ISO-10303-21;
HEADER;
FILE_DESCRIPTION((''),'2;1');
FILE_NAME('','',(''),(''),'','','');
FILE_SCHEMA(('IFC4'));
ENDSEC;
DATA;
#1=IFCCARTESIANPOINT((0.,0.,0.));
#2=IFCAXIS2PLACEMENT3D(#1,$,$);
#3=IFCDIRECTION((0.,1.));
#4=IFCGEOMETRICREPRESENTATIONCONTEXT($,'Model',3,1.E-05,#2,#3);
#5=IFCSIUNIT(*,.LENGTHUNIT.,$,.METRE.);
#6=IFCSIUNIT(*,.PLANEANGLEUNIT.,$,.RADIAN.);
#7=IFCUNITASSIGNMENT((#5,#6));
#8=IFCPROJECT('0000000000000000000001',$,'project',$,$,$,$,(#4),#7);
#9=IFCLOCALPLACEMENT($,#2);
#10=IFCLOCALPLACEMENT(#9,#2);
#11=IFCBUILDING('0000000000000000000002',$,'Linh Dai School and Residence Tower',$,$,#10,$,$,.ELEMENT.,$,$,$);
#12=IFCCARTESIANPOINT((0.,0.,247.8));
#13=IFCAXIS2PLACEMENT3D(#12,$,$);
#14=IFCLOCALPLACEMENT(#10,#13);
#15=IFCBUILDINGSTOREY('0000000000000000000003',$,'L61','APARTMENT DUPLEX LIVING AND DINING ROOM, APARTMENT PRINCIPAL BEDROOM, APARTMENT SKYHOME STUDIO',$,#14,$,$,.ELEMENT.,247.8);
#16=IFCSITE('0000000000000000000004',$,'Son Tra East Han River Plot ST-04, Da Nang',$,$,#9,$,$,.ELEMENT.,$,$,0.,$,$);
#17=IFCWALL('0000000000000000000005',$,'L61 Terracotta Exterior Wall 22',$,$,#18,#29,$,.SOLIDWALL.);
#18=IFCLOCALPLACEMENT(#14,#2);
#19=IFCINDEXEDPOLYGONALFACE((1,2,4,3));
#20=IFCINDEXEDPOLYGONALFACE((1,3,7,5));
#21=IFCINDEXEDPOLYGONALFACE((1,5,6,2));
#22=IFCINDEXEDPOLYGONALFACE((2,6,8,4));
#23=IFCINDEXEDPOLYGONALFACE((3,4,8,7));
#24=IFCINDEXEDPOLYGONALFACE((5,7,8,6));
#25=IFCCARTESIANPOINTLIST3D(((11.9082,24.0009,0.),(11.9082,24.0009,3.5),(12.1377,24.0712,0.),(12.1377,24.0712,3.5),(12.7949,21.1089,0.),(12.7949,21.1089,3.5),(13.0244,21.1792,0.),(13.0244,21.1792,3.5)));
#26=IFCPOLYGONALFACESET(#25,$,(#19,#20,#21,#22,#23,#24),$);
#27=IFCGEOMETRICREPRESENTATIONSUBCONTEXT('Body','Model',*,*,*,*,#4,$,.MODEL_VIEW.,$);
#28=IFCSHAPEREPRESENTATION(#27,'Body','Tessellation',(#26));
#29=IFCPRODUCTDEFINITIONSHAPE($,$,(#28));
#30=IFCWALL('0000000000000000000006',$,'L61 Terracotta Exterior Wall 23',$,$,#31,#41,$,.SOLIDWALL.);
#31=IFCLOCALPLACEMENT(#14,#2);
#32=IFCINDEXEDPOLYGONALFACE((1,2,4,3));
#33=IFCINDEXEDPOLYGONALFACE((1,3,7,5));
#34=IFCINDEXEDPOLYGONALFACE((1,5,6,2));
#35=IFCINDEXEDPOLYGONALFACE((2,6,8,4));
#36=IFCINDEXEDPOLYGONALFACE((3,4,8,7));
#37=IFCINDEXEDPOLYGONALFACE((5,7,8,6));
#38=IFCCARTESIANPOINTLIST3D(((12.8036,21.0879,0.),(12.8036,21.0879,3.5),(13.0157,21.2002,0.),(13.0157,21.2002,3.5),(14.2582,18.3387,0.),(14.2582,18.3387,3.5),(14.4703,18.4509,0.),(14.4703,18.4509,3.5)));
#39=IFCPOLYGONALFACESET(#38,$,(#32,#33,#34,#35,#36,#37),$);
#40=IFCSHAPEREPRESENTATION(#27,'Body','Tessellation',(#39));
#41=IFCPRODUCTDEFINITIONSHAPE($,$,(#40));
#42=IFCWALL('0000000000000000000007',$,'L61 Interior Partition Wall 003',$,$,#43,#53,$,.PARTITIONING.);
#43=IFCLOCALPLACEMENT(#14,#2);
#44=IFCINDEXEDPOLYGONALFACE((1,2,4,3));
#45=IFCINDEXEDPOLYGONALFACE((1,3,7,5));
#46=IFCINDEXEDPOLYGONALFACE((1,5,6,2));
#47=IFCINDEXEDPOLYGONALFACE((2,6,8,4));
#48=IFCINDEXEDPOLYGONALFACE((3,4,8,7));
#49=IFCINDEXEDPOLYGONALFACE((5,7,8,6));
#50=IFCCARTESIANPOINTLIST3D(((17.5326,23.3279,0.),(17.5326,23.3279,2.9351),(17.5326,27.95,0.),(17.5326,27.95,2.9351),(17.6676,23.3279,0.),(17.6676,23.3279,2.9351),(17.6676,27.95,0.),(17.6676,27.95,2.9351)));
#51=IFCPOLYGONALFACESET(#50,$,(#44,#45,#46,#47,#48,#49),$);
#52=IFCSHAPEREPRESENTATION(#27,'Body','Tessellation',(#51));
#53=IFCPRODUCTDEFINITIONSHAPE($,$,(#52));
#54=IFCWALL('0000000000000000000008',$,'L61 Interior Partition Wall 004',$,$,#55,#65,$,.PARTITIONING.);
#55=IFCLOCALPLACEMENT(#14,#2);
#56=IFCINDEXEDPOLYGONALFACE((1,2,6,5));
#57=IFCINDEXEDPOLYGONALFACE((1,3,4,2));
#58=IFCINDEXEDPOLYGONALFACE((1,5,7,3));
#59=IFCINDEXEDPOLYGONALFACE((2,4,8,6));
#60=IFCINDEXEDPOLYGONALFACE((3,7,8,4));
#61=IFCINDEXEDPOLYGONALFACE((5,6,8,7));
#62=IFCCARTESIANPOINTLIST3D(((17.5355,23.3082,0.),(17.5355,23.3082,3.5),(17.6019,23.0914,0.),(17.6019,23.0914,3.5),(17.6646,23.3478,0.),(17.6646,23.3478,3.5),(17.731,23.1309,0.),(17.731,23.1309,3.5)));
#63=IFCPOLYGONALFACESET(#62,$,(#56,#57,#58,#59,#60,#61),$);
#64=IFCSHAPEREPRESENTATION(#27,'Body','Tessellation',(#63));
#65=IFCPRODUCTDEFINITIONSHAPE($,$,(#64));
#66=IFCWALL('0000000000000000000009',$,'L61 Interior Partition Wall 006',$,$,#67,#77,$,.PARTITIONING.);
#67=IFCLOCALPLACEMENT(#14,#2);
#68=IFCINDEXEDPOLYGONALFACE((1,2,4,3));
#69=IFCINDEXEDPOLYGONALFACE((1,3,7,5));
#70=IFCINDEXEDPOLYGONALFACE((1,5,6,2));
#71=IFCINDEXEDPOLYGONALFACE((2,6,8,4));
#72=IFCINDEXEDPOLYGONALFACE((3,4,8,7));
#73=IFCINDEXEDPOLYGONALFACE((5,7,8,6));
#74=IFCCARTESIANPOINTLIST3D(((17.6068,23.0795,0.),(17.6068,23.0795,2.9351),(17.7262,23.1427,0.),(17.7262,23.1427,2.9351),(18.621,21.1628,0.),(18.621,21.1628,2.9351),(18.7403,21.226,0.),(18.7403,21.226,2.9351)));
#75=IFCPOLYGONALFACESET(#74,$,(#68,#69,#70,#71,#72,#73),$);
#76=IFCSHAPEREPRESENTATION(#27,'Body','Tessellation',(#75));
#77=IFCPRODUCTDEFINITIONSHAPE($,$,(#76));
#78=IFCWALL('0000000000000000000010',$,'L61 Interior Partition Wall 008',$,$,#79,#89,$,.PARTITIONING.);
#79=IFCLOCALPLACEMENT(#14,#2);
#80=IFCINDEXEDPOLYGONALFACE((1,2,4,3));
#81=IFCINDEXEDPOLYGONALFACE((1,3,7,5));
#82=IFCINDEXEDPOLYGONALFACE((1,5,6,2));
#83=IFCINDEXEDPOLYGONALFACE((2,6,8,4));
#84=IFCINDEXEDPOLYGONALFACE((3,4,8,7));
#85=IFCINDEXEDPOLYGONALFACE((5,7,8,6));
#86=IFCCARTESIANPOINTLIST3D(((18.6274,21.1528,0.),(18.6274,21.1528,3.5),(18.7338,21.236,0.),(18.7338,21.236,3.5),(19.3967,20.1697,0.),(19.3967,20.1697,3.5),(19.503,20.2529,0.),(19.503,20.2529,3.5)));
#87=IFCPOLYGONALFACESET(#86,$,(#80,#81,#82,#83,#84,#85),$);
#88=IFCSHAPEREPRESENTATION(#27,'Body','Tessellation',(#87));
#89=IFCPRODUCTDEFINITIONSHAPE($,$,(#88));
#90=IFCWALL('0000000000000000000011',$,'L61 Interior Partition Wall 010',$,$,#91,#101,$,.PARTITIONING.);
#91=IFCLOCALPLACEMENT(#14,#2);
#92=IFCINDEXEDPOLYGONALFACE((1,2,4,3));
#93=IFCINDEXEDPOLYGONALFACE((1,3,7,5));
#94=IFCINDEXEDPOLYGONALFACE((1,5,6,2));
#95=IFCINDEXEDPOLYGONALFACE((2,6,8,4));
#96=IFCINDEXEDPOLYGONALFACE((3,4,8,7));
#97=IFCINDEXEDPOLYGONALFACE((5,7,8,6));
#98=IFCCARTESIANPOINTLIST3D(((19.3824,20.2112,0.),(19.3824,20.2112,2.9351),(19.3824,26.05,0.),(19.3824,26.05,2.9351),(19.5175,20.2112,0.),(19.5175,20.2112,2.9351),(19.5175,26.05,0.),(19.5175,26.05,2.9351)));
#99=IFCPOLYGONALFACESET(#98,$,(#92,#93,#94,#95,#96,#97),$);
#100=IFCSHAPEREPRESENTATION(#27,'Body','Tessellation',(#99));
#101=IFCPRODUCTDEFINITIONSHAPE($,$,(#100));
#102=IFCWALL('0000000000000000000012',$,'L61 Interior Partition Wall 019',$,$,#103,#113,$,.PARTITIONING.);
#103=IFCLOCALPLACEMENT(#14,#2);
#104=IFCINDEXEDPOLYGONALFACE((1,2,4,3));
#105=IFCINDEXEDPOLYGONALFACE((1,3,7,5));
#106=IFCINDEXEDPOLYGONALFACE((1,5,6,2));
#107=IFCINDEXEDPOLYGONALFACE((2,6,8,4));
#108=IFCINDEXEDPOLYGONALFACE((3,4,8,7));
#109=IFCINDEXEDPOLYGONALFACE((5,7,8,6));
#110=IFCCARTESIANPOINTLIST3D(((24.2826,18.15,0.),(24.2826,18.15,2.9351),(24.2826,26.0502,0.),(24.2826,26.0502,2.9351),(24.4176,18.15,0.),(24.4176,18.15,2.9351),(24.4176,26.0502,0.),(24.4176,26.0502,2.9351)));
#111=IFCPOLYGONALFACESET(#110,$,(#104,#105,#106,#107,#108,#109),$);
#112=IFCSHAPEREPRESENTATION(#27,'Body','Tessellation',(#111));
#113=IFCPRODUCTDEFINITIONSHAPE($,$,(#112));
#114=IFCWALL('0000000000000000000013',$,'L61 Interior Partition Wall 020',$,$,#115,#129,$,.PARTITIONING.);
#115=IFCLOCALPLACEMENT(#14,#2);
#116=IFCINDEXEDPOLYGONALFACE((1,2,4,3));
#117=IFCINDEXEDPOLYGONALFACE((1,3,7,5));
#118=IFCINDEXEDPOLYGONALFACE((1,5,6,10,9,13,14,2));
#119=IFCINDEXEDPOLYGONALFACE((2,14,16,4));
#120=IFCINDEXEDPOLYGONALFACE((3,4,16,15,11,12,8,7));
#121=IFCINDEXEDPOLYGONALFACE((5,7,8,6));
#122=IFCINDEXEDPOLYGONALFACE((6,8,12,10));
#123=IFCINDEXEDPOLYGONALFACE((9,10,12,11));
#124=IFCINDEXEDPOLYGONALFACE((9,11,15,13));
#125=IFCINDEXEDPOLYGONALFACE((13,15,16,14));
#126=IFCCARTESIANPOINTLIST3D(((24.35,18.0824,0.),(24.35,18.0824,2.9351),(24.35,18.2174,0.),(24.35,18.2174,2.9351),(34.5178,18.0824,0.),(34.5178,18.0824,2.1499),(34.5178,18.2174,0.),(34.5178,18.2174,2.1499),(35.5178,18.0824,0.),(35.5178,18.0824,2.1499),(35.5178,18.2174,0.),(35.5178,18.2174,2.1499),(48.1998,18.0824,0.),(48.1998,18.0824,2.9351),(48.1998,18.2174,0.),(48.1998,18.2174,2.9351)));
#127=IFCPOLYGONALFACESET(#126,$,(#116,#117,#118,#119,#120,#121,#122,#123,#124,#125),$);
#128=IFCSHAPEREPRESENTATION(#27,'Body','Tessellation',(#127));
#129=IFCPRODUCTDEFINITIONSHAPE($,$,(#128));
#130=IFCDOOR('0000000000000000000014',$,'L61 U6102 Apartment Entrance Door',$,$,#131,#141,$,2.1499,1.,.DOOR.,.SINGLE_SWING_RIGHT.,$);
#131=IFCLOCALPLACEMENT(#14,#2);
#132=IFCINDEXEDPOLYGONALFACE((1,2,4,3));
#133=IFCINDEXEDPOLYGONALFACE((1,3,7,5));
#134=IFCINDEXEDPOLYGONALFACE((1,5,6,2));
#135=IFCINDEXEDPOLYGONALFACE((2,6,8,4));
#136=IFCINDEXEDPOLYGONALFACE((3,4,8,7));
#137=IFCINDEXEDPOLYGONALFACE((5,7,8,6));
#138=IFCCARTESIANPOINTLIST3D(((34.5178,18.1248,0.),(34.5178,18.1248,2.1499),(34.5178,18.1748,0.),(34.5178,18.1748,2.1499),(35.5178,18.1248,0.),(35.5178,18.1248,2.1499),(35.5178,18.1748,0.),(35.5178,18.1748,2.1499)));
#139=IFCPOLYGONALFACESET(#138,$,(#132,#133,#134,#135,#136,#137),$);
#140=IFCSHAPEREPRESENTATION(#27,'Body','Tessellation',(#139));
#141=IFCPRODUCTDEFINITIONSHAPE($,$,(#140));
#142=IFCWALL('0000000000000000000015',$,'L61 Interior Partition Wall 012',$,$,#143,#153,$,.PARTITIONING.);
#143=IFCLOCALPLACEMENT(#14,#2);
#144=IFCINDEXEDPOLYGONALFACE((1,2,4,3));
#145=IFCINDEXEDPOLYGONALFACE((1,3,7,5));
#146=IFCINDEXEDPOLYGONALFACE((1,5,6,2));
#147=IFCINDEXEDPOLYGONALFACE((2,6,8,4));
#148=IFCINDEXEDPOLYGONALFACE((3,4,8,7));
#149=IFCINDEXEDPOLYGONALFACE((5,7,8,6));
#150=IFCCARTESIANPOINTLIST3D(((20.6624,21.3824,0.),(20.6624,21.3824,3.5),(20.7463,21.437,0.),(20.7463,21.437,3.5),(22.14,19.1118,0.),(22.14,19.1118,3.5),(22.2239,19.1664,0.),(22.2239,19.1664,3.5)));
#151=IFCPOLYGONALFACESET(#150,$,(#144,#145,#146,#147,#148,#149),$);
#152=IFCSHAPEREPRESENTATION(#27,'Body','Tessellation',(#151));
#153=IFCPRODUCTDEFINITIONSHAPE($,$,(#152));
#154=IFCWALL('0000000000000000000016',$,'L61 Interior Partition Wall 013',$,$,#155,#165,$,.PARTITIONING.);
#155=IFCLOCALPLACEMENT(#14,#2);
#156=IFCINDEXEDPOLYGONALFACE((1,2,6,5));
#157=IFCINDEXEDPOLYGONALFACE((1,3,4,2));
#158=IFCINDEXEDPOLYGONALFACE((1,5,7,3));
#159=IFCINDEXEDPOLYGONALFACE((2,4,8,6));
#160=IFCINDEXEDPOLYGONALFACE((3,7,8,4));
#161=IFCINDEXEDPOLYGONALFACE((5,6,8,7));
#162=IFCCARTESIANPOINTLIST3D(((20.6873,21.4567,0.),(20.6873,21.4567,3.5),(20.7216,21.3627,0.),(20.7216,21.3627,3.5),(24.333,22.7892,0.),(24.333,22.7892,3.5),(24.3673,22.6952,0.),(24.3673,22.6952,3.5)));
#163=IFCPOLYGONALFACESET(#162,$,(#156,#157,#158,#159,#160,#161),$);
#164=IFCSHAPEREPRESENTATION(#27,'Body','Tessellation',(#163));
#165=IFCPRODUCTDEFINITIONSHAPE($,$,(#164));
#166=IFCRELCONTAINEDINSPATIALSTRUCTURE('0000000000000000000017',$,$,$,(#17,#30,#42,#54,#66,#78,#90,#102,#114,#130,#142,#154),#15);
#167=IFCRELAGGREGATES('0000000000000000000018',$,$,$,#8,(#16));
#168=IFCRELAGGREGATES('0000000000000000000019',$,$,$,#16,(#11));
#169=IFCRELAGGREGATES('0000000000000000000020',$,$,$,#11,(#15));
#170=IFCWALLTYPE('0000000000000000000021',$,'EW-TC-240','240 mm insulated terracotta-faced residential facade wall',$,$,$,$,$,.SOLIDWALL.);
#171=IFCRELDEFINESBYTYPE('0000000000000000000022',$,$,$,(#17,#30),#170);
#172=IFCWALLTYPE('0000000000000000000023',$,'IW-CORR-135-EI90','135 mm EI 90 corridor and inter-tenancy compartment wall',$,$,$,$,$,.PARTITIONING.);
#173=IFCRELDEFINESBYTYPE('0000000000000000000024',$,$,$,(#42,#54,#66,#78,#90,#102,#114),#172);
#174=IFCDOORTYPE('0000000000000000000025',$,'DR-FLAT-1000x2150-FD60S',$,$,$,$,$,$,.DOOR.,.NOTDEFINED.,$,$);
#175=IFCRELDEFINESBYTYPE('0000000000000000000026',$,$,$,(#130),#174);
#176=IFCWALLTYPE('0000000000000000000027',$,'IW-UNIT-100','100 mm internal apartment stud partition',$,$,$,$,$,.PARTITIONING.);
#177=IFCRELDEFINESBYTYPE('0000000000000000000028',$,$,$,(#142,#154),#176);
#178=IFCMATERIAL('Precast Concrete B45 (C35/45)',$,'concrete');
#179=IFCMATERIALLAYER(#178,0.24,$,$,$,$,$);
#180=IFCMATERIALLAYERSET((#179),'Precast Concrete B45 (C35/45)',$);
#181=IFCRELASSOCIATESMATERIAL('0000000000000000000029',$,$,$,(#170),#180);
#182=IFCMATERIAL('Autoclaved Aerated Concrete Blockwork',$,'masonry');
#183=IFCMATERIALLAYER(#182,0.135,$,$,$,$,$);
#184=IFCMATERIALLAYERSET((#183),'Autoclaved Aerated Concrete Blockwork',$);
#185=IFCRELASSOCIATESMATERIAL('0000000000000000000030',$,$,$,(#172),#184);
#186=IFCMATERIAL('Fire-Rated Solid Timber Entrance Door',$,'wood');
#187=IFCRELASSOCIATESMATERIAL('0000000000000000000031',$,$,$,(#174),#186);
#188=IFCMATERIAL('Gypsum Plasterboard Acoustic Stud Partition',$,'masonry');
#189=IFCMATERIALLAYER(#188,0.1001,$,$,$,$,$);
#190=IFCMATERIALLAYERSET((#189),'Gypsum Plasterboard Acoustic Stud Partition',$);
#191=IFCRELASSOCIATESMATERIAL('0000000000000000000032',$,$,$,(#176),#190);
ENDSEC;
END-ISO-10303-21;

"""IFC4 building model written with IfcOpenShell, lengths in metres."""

from ifc_helpers import new_model, si_unit, direction, frame, frame_2d, origin, origin_2d, place, context, subcontext, project, spatial, rectangle, extrude, source, transform, mapped, material, layer, layer_set, type_object, element, fill, save


model = new_model("IFC4")

# Units and contexts
model_context = context("Model", 3, precision=1e-05, world=origin(), true_north=direction((0.0, 1.0)))
body_context = subcontext(model_context, "Body", "Model", "MODEL_VIEW")
ifc_project = project(units=[si_unit("LENGTHUNIT", "METRE"), si_unit("PLANEANGLEUNIT", "RADIAN")], contexts=[model_context])

# Site, building, storey
site_placement = place(None, origin())
site = spatial("IfcSite", under=ifc_project, at=site_placement, Name="Son Tra East Han River Plot ST-04, Da Nang", CompositionType="ELEMENT", RefElevation=0.0)
building_placement = place(site_placement, origin())
building = spatial("IfcBuilding", under=site, at=building_placement, Name="Linh Dai School and Residence Tower", CompositionType="ELEMENT")
storey_placement = place(building_placement, frame((0.0, 0.0, 247.8)))
storey = spatial("IfcBuildingStorey", under=building, at=storey_placement, Name="L61", Description="APARTMENT DUPLEX LIVING AND DINING ROOM, APARTMENT PRINCIPAL BEDROOM, APARTMENT SKYHOME STUDIO", CompositionType="ELEMENT", Elevation=247.8)

# Shared definitions
ifc_material_1 = material(Name="Precast Concrete B45 (C35/45)", Category="concrete")

# Walls
ifc_layer_1 = layer(ifc_material_1, 0.24)
ifc_layer_set_1 = layer_set([ifc_layer_1], Name="Precast Concrete B45 (C35/45)")
wall_type_1 = type_object("IfcWallType", Name="EW-TC-240", Description="240 mm insulated terracotta-faced residential facade wall", PredefinedType="SOLIDWALL", material=ifc_layer_set_1)
wall_1_placement = place(storey_placement, frame((12.9097, 21.144, 0.0), z_axis=(0.0, 0.0, 1.0), x_axis=(-0.293133, 0.956072, 0.0)))
element("IfcWall", 1, at=wall_1_placement, inside=storey, type_object=wall_type_1, Name="L61 Terracotta Exterior Wall 22", PredefinedType="SOLIDWALL", context=body_context, shape_type="SweptSolid", body=[
    extrude(rectangle(XDim=3.0249, YDim=0.24, at=frame_2d((1.5125, 0.0))), origin(), (0.0, 0.0, 1.0), 3.5),
])
wall_2_placement = place(storey_placement, frame((14.3643, 18.3948, 0.0), z_axis=(0.0, 0.0, 1.0), x_axis=(-0.46766, 0.883908, 0.0)))
element("IfcWall", 2, at=wall_2_placement, inside=storey, type_object=wall_type_1, Name="L61 Terracotta Exterior Wall 23", PredefinedType="SOLIDWALL", context=body_context, shape_type="SweptSolid", body=[
    extrude(rectangle(XDim=3.1104, YDim=0.24, at=frame_2d((1.5552, 0.0))), origin(), (0.0, 0.0, 1.0), 3.5),
])
ifc_material_2 = material(Name="Autoclaved Aerated Concrete Blockwork", Category="masonry")
ifc_layer_2 = layer(ifc_material_2, 0.135)
ifc_layer_set_2 = layer_set([ifc_layer_2], Name="Autoclaved Aerated Concrete Blockwork")
wall_type_2 = type_object("IfcWallType", Name="IW-CORR-135-EI90", Description="135 mm EI 90 corridor and inter-tenancy compartment wall", PredefinedType="PARTITIONING", material=ifc_layer_set_2)
wall_3_placement = place(storey_placement, frame((17.6001, 23.3279, 0.0), z_axis=(0.0, 0.0, 1.0), x_axis=(0.0, 1.0, 0.0)))
element("IfcWall", 3, at=wall_3_placement, inside=storey, type_object=wall_type_2, Name="L61 Interior Partition Wall 003", PredefinedType="PARTITIONING", context=body_context, shape_type="SweptSolid", body=[
    extrude(rectangle(XDim=4.6221, YDim=0.135, at=frame_2d((2.311, 0.0))), origin(), (0.0, 0.0, 1.0), 2.9351),
])
wall_4_placement = place(storey_placement, frame((17.6001, 23.3279, 0.0), z_axis=(0.0, 0.0, 1.0), x_axis=(0.292875, -0.956151, 0.0)))
element("IfcWall", 4, at=wall_4_placement, inside=storey, type_object=wall_type_2, Name="L61 Interior Partition Wall 004", PredefinedType="PARTITIONING", context=body_context, shape_type="SweptSolid", body=[
    extrude(rectangle(XDim=0.2268, YDim=0.135, at=frame_2d((0.1133, 0.0))), origin(), (0.0, 0.0, 1.0), 3.5),
])
wall_5_placement = place(storey_placement, frame((17.6665, 23.1111, 0.0), z_axis=(0.0, 0.0, 1.0), x_axis=(0.467676, -0.8839, 0.0)))
element("IfcWall", 5, at=wall_5_placement, inside=storey, type_object=wall_type_2, Name="L61 Interior Partition Wall 006", PredefinedType="PARTITIONING", context=body_context, shape_type="SweptSolid", body=[
    extrude(rectangle(XDim=2.1685, YDim=0.135, at=frame_2d((1.0842, 0.0))), origin(), (0.0, 0.0, 1.0), 2.9351),
])
wall_6_placement = place(storey_placement, frame((18.6807, 21.1943, 0.0), z_axis=(0.0, 0.0, 1.0), x_axis=(0.61624, -0.787559, 0.0)))
element("IfcWall", 6, at=wall_6_placement, inside=storey, type_object=wall_type_2, Name="L61 Interior Partition Wall 008", PredefinedType="PARTITIONING", context=body_context, shape_type="SweptSolid", body=[
    extrude(rectangle(XDim=1.2483, YDim=0.135, at=frame_2d((0.624, 0.0))), origin(), (0.0, 0.0, 1.0), 3.5),
])
wall_7_placement = place(storey_placement, frame((19.45, 20.2112, 0.0), z_axis=(0.0, 0.0, 1.0), x_axis=(0.0, 1.0, 0.0)))
element("IfcWall", 7, at=wall_7_placement, inside=storey, type_object=wall_type_2, Name="L61 Interior Partition Wall 010", PredefinedType="PARTITIONING", context=body_context, shape_type="SweptSolid", body=[
    extrude(rectangle(XDim=5.8389, YDim=0.135, at=frame_2d((2.9194, 0.0))), origin(), (0.0, 0.0, 1.0), 2.9351),
])
wall_8_placement = place(storey_placement, frame((24.3501, 18.1499, 0.0), z_axis=(0.0, 0.0, 1.0), x_axis=(0.0, 1.0, 0.0)))
element("IfcWall", 8, at=wall_8_placement, inside=storey, type_object=wall_type_2, Name="L61 Interior Partition Wall 019", PredefinedType="PARTITIONING", context=body_context, shape_type="SweptSolid", body=[
    extrude(rectangle(XDim=7.9001, YDim=0.135, at=frame_2d((3.9502, 0.0))), origin(), (0.0, 0.0, 1.0), 2.9351),
])

# Wall, opening, door
wall_9_placement = place(storey_placement, frame((24.3501, 18.1499, 0.0), z_axis=(0.0, 0.0, 1.0), x_axis=(1.0, 0.0, 0.0)))
wall_9 = element("IfcWall", 9, at=wall_9_placement, inside=storey, type_object=wall_type_2, Name="L61 Interior Partition Wall 020", PredefinedType="PARTITIONING", context=body_context, shape_type="SweptSolid", body=[
    extrude(rectangle(XDim=23.8499, YDim=0.135, at=frame_2d((11.9248, 0.0))), origin(), (0.0, 0.0, 1.0), 2.9351),
])
opening_1_placement = place(wall_9_placement, frame((10.1677, 0.0, 0.0)))
opening_1 = element("IfcOpeningElement", 10, at=opening_1_placement, cuts=wall_9, PredefinedType="OPENING", context=body_context, shape_type="SweptSolid", body=[
    extrude(rectangle(XDim=1.0, YDim=2.1499, at=origin_2d()), frame((0.5, 0.0776, 1.075), z_axis=(0.0, -1.0, 0.0), x_axis=(1.0, 0.0, 0.0)), (0.0, 0.0, 1.0), 0.155),
])
ifc_material_3 = material(Name="Fire-Rated Solid Timber Entrance Door", Category="wood")
door_type_1 = type_object("IfcDoorType", Name="DR-FLAT-1000x2150-FD60S", OperationType="NOTDEFINED", PredefinedType="DOOR", material=ifc_material_3)
shared_shape_1 = source(origin(), body_context, "Body", "SweptSolid", [
    extrude(rectangle(XDim=1.0, YDim=2.1499, at=origin_2d()), frame((0.5, 0.0249, 1.075), z_axis=(0.0, -1.0, 0.0), x_axis=(1.0, 0.0, 0.0)), (0.0, 0.0, 1.0), 0.05),
])
door_1_placement = place(opening_1_placement, origin())
door_1 = element("IfcDoor", 11, at=door_1_placement, inside=storey, type_object=door_type_1, Name="L61 U6102 Apartment Entrance Door", OperationType="SINGLE_SWING_RIGHT", OverallHeight=2.1499, OverallWidth=1.0, PredefinedType="DOOR", context=body_context, shape_type="MappedRepresentation", body=[
    mapped(shared_shape_1, transform((0.0, 0.0, 0.0), x_axis=(1.0, 0.0, 0.0), y_axis=(0.0, 1.0, 0.0), z_axis=(0.0, 0.0, 1.0), scale=1.0)),
])
fill(opening_1, door_1)

# Walls
ifc_material_4 = material(Name="Gypsum Plasterboard Acoustic Stud Partition", Category="masonry")
ifc_layer_3 = layer(ifc_material_4, 0.1001)
ifc_layer_set_3 = layer_set([ifc_layer_3], Name="Gypsum Plasterboard Acoustic Stud Partition")
wall_type_3 = type_object("IfcWallType", Name="IW-UNIT-100", Description="100 mm internal apartment stud partition", PredefinedType="PARTITIONING", material=ifc_layer_set_3)
wall_10_placement = place(storey_placement, frame((20.7043, 21.4097, 0.0), z_axis=(0.0, 0.0, 1.0), x_axis=(0.545432, -0.838155, 0.0)))
element("IfcWall", 12, at=wall_10_placement, inside=storey, type_object=wall_type_3, Name="L61 Interior Partition Wall 012", PredefinedType="PARTITIONING", context=body_context, shape_type="SweptSolid", body=[
    extrude(rectangle(XDim=2.709, YDim=0.1001, at=frame_2d((1.3545, 0.0))), origin(), (0.0, 0.0, 1.0), 3.5),
])
wall_11_placement = place(storey_placement, frame((20.7043, 21.4097, 0.0), z_axis=(0.0, 0.0, 1.0), x_axis=(0.93923, 0.343288, 0.0)))
element("IfcWall", 13, at=wall_11_placement, inside=storey, type_object=wall_type_3, Name="L61 Interior Partition Wall 013", PredefinedType="PARTITIONING", context=body_context, shape_type="SweptSolid", body=[
    extrude(rectangle(XDim=3.8816, YDim=0.1001, at=frame_2d((1.9409, 0.0))), origin(), (0.0, 0.0, 1.0), 3.5),
])

save(model, "model.ifc")
